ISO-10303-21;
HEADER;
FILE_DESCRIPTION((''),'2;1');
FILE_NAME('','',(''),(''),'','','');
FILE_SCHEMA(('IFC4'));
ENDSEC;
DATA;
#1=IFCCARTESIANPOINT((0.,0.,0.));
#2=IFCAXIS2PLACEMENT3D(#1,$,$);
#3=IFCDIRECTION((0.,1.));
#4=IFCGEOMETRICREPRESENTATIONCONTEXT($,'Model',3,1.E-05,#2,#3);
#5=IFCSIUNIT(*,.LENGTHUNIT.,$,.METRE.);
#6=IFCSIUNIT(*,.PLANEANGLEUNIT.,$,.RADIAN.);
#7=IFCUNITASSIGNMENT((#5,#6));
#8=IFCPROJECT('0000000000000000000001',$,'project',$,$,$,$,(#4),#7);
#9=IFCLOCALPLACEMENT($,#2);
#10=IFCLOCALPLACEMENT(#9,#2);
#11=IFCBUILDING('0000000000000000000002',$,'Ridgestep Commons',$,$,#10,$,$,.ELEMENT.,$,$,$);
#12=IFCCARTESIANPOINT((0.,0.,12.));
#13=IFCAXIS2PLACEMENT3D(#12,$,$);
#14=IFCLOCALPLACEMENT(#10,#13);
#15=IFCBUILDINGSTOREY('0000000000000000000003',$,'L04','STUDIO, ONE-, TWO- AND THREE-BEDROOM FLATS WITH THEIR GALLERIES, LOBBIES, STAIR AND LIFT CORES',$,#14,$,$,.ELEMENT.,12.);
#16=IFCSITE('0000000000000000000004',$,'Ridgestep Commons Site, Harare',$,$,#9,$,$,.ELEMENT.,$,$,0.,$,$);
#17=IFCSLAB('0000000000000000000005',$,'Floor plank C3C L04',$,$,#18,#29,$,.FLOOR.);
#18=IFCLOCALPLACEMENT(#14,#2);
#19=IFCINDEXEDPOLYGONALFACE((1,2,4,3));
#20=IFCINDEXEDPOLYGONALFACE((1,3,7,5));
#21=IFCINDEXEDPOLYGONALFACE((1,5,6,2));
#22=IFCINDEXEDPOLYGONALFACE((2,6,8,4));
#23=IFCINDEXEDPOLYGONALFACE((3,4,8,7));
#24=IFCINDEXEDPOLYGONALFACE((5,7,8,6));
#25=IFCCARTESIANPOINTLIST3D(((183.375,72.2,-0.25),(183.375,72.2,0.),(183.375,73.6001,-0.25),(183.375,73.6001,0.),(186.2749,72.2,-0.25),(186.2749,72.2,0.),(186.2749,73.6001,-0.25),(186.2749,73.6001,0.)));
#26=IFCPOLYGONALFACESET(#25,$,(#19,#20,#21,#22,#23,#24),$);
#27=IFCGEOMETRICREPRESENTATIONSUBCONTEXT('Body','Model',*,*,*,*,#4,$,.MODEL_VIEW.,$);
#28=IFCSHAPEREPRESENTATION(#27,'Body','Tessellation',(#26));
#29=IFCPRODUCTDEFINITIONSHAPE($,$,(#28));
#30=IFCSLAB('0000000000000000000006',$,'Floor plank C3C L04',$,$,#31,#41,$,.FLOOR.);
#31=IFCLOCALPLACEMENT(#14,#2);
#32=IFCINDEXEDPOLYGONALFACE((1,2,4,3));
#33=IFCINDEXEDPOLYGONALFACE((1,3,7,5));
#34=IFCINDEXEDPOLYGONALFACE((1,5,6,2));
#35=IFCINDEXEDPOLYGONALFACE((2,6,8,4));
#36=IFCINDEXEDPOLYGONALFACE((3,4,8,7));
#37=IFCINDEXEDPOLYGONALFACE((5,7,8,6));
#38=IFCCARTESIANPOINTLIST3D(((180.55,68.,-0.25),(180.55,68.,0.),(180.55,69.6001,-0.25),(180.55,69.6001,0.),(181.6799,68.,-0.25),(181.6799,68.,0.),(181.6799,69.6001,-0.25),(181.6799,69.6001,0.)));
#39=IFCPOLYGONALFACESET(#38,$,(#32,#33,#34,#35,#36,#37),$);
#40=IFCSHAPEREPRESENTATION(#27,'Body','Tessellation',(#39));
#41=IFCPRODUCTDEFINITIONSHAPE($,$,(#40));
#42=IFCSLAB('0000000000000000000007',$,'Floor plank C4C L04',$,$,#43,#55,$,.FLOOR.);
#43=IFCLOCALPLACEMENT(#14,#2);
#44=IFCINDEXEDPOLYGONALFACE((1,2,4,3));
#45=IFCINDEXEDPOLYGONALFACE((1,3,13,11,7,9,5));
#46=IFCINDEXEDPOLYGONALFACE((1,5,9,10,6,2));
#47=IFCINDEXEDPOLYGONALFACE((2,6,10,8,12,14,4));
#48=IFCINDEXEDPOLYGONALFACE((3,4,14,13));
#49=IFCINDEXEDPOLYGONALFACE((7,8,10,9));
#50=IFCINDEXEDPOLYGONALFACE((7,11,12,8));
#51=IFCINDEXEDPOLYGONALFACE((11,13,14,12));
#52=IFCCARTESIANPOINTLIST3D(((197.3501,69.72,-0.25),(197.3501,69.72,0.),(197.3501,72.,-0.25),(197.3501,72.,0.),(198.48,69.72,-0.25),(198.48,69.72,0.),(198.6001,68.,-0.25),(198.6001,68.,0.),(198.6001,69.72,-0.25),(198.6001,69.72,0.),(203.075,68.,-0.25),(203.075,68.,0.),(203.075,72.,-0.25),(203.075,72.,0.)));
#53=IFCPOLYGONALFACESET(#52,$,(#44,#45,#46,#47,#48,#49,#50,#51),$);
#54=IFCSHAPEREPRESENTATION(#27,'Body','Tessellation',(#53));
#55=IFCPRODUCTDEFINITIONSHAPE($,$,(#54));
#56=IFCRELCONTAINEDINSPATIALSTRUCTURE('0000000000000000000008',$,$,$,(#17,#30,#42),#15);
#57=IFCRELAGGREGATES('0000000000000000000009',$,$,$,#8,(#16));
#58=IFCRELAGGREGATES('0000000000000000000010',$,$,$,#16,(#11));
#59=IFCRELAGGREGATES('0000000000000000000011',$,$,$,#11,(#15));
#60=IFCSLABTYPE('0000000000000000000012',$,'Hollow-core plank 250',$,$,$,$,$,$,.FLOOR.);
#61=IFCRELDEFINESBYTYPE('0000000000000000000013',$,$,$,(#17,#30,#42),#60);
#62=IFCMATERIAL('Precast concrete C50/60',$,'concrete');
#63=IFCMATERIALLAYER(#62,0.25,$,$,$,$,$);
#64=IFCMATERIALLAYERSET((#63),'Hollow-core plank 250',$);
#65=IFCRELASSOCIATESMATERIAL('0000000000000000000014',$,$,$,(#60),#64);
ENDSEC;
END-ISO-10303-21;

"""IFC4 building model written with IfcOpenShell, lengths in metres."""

from ifc_helpers import new_model, si_unit, direction, frame, origin, place, context, subcontext, project, spatial, polyline, outline, extrude, material, layer, layer_set, type_object, element, save


model = new_model("IFC4")

# Units and contexts
model_context = context("Model", 3, precision=1e-05, world=origin(), true_north=direction((0.0, 1.0)))
body_context = subcontext(model_context, "Body", "Model", "MODEL_VIEW")
ifc_project = project(units=[si_unit("LENGTHUNIT", "METRE"), si_unit("PLANEANGLEUNIT", "RADIAN")], contexts=[model_context])

# Site, building, storey
site_placement = place(None, origin())
site = spatial("IfcSite", under=ifc_project, at=site_placement, Name="Ridgestep Commons Site, Harare", CompositionType="ELEMENT", RefElevation=0.0)
building_placement = place(site_placement, origin())
building = spatial("IfcBuilding", under=site, at=building_placement, Name="Ridgestep Commons", CompositionType="ELEMENT")
storey_placement = place(building_placement, frame((0.0, 0.0, 12.0)))
storey = spatial("IfcBuildingStorey", under=building, at=storey_placement, Name="L04", Description="STUDIO, ONE-, TWO- AND THREE-BEDROOM FLATS WITH THEIR GALLERIES, LOBBIES, STAIR AND LIFT CORES", CompositionType="ELEMENT", Elevation=12.0)

# Slabs
ifc_material = material(Name="Precast concrete C50/60", Category="concrete")
ifc_layer = layer(ifc_material, 0.25)
ifc_layer_set = layer_set([ifc_layer], Name="Hollow-core plank 250")
slab_type = type_object("IfcSlabType", Name="Hollow-core plank 250", PredefinedType="FLOOR", material=ifc_layer_set)
slab_1_placement = place(storey_placement, frame((0.0, 0.0, -0.25)))
element("IfcSlab", 1, at=slab_1_placement, inside=storey, type_object=slab_type, Name="Floor plank C3C L04", PredefinedType="FLOOR", context=body_context, shape_type="SweptSolid", body=[
    extrude(outline(polyline([(186.2749, 72.2), (186.2749, 73.6001), (183.375, 73.6001), (183.375, 72.2), (186.2749, 72.2)])), origin(), (0.0, 0.0, 1.0), 0.25),
])
slab_2_placement = place(storey_placement, frame((0.0, 0.0, -0.25)))
element("IfcSlab", 2, at=slab_2_placement, inside=storey, type_object=slab_type, Name="Floor plank C3C L04", PredefinedType="FLOOR", context=body_context, shape_type="SweptSolid", body=[
    extrude(outline(polyline([(181.6799, 69.6001), (180.55, 69.6001), (180.55, 68.0), (181.6799, 68.0), (181.6799, 69.6001)])), origin(), (0.0, 0.0, 1.0), 0.25),
])
slab_3_placement = place(storey_placement, frame((0.0, 0.0, -0.25)))
element("IfcSlab", 3, at=slab_3_placement, inside=storey, type_object=slab_type, Name="Floor plank C4C L04", PredefinedType="FLOOR", context=body_context, shape_type="SweptSolid", body=[
    extrude(outline(polyline([(198.6001, 68.0), (203.075, 68.0), (203.075, 72.0), (197.3501, 72.0), (197.3501, 69.72), (198.48, 69.72), (198.6001, 69.72), (198.6001, 68.0)])), origin(), (0.0, 0.0, 1.0), 0.25),
])

save(model, "model.ifc")
